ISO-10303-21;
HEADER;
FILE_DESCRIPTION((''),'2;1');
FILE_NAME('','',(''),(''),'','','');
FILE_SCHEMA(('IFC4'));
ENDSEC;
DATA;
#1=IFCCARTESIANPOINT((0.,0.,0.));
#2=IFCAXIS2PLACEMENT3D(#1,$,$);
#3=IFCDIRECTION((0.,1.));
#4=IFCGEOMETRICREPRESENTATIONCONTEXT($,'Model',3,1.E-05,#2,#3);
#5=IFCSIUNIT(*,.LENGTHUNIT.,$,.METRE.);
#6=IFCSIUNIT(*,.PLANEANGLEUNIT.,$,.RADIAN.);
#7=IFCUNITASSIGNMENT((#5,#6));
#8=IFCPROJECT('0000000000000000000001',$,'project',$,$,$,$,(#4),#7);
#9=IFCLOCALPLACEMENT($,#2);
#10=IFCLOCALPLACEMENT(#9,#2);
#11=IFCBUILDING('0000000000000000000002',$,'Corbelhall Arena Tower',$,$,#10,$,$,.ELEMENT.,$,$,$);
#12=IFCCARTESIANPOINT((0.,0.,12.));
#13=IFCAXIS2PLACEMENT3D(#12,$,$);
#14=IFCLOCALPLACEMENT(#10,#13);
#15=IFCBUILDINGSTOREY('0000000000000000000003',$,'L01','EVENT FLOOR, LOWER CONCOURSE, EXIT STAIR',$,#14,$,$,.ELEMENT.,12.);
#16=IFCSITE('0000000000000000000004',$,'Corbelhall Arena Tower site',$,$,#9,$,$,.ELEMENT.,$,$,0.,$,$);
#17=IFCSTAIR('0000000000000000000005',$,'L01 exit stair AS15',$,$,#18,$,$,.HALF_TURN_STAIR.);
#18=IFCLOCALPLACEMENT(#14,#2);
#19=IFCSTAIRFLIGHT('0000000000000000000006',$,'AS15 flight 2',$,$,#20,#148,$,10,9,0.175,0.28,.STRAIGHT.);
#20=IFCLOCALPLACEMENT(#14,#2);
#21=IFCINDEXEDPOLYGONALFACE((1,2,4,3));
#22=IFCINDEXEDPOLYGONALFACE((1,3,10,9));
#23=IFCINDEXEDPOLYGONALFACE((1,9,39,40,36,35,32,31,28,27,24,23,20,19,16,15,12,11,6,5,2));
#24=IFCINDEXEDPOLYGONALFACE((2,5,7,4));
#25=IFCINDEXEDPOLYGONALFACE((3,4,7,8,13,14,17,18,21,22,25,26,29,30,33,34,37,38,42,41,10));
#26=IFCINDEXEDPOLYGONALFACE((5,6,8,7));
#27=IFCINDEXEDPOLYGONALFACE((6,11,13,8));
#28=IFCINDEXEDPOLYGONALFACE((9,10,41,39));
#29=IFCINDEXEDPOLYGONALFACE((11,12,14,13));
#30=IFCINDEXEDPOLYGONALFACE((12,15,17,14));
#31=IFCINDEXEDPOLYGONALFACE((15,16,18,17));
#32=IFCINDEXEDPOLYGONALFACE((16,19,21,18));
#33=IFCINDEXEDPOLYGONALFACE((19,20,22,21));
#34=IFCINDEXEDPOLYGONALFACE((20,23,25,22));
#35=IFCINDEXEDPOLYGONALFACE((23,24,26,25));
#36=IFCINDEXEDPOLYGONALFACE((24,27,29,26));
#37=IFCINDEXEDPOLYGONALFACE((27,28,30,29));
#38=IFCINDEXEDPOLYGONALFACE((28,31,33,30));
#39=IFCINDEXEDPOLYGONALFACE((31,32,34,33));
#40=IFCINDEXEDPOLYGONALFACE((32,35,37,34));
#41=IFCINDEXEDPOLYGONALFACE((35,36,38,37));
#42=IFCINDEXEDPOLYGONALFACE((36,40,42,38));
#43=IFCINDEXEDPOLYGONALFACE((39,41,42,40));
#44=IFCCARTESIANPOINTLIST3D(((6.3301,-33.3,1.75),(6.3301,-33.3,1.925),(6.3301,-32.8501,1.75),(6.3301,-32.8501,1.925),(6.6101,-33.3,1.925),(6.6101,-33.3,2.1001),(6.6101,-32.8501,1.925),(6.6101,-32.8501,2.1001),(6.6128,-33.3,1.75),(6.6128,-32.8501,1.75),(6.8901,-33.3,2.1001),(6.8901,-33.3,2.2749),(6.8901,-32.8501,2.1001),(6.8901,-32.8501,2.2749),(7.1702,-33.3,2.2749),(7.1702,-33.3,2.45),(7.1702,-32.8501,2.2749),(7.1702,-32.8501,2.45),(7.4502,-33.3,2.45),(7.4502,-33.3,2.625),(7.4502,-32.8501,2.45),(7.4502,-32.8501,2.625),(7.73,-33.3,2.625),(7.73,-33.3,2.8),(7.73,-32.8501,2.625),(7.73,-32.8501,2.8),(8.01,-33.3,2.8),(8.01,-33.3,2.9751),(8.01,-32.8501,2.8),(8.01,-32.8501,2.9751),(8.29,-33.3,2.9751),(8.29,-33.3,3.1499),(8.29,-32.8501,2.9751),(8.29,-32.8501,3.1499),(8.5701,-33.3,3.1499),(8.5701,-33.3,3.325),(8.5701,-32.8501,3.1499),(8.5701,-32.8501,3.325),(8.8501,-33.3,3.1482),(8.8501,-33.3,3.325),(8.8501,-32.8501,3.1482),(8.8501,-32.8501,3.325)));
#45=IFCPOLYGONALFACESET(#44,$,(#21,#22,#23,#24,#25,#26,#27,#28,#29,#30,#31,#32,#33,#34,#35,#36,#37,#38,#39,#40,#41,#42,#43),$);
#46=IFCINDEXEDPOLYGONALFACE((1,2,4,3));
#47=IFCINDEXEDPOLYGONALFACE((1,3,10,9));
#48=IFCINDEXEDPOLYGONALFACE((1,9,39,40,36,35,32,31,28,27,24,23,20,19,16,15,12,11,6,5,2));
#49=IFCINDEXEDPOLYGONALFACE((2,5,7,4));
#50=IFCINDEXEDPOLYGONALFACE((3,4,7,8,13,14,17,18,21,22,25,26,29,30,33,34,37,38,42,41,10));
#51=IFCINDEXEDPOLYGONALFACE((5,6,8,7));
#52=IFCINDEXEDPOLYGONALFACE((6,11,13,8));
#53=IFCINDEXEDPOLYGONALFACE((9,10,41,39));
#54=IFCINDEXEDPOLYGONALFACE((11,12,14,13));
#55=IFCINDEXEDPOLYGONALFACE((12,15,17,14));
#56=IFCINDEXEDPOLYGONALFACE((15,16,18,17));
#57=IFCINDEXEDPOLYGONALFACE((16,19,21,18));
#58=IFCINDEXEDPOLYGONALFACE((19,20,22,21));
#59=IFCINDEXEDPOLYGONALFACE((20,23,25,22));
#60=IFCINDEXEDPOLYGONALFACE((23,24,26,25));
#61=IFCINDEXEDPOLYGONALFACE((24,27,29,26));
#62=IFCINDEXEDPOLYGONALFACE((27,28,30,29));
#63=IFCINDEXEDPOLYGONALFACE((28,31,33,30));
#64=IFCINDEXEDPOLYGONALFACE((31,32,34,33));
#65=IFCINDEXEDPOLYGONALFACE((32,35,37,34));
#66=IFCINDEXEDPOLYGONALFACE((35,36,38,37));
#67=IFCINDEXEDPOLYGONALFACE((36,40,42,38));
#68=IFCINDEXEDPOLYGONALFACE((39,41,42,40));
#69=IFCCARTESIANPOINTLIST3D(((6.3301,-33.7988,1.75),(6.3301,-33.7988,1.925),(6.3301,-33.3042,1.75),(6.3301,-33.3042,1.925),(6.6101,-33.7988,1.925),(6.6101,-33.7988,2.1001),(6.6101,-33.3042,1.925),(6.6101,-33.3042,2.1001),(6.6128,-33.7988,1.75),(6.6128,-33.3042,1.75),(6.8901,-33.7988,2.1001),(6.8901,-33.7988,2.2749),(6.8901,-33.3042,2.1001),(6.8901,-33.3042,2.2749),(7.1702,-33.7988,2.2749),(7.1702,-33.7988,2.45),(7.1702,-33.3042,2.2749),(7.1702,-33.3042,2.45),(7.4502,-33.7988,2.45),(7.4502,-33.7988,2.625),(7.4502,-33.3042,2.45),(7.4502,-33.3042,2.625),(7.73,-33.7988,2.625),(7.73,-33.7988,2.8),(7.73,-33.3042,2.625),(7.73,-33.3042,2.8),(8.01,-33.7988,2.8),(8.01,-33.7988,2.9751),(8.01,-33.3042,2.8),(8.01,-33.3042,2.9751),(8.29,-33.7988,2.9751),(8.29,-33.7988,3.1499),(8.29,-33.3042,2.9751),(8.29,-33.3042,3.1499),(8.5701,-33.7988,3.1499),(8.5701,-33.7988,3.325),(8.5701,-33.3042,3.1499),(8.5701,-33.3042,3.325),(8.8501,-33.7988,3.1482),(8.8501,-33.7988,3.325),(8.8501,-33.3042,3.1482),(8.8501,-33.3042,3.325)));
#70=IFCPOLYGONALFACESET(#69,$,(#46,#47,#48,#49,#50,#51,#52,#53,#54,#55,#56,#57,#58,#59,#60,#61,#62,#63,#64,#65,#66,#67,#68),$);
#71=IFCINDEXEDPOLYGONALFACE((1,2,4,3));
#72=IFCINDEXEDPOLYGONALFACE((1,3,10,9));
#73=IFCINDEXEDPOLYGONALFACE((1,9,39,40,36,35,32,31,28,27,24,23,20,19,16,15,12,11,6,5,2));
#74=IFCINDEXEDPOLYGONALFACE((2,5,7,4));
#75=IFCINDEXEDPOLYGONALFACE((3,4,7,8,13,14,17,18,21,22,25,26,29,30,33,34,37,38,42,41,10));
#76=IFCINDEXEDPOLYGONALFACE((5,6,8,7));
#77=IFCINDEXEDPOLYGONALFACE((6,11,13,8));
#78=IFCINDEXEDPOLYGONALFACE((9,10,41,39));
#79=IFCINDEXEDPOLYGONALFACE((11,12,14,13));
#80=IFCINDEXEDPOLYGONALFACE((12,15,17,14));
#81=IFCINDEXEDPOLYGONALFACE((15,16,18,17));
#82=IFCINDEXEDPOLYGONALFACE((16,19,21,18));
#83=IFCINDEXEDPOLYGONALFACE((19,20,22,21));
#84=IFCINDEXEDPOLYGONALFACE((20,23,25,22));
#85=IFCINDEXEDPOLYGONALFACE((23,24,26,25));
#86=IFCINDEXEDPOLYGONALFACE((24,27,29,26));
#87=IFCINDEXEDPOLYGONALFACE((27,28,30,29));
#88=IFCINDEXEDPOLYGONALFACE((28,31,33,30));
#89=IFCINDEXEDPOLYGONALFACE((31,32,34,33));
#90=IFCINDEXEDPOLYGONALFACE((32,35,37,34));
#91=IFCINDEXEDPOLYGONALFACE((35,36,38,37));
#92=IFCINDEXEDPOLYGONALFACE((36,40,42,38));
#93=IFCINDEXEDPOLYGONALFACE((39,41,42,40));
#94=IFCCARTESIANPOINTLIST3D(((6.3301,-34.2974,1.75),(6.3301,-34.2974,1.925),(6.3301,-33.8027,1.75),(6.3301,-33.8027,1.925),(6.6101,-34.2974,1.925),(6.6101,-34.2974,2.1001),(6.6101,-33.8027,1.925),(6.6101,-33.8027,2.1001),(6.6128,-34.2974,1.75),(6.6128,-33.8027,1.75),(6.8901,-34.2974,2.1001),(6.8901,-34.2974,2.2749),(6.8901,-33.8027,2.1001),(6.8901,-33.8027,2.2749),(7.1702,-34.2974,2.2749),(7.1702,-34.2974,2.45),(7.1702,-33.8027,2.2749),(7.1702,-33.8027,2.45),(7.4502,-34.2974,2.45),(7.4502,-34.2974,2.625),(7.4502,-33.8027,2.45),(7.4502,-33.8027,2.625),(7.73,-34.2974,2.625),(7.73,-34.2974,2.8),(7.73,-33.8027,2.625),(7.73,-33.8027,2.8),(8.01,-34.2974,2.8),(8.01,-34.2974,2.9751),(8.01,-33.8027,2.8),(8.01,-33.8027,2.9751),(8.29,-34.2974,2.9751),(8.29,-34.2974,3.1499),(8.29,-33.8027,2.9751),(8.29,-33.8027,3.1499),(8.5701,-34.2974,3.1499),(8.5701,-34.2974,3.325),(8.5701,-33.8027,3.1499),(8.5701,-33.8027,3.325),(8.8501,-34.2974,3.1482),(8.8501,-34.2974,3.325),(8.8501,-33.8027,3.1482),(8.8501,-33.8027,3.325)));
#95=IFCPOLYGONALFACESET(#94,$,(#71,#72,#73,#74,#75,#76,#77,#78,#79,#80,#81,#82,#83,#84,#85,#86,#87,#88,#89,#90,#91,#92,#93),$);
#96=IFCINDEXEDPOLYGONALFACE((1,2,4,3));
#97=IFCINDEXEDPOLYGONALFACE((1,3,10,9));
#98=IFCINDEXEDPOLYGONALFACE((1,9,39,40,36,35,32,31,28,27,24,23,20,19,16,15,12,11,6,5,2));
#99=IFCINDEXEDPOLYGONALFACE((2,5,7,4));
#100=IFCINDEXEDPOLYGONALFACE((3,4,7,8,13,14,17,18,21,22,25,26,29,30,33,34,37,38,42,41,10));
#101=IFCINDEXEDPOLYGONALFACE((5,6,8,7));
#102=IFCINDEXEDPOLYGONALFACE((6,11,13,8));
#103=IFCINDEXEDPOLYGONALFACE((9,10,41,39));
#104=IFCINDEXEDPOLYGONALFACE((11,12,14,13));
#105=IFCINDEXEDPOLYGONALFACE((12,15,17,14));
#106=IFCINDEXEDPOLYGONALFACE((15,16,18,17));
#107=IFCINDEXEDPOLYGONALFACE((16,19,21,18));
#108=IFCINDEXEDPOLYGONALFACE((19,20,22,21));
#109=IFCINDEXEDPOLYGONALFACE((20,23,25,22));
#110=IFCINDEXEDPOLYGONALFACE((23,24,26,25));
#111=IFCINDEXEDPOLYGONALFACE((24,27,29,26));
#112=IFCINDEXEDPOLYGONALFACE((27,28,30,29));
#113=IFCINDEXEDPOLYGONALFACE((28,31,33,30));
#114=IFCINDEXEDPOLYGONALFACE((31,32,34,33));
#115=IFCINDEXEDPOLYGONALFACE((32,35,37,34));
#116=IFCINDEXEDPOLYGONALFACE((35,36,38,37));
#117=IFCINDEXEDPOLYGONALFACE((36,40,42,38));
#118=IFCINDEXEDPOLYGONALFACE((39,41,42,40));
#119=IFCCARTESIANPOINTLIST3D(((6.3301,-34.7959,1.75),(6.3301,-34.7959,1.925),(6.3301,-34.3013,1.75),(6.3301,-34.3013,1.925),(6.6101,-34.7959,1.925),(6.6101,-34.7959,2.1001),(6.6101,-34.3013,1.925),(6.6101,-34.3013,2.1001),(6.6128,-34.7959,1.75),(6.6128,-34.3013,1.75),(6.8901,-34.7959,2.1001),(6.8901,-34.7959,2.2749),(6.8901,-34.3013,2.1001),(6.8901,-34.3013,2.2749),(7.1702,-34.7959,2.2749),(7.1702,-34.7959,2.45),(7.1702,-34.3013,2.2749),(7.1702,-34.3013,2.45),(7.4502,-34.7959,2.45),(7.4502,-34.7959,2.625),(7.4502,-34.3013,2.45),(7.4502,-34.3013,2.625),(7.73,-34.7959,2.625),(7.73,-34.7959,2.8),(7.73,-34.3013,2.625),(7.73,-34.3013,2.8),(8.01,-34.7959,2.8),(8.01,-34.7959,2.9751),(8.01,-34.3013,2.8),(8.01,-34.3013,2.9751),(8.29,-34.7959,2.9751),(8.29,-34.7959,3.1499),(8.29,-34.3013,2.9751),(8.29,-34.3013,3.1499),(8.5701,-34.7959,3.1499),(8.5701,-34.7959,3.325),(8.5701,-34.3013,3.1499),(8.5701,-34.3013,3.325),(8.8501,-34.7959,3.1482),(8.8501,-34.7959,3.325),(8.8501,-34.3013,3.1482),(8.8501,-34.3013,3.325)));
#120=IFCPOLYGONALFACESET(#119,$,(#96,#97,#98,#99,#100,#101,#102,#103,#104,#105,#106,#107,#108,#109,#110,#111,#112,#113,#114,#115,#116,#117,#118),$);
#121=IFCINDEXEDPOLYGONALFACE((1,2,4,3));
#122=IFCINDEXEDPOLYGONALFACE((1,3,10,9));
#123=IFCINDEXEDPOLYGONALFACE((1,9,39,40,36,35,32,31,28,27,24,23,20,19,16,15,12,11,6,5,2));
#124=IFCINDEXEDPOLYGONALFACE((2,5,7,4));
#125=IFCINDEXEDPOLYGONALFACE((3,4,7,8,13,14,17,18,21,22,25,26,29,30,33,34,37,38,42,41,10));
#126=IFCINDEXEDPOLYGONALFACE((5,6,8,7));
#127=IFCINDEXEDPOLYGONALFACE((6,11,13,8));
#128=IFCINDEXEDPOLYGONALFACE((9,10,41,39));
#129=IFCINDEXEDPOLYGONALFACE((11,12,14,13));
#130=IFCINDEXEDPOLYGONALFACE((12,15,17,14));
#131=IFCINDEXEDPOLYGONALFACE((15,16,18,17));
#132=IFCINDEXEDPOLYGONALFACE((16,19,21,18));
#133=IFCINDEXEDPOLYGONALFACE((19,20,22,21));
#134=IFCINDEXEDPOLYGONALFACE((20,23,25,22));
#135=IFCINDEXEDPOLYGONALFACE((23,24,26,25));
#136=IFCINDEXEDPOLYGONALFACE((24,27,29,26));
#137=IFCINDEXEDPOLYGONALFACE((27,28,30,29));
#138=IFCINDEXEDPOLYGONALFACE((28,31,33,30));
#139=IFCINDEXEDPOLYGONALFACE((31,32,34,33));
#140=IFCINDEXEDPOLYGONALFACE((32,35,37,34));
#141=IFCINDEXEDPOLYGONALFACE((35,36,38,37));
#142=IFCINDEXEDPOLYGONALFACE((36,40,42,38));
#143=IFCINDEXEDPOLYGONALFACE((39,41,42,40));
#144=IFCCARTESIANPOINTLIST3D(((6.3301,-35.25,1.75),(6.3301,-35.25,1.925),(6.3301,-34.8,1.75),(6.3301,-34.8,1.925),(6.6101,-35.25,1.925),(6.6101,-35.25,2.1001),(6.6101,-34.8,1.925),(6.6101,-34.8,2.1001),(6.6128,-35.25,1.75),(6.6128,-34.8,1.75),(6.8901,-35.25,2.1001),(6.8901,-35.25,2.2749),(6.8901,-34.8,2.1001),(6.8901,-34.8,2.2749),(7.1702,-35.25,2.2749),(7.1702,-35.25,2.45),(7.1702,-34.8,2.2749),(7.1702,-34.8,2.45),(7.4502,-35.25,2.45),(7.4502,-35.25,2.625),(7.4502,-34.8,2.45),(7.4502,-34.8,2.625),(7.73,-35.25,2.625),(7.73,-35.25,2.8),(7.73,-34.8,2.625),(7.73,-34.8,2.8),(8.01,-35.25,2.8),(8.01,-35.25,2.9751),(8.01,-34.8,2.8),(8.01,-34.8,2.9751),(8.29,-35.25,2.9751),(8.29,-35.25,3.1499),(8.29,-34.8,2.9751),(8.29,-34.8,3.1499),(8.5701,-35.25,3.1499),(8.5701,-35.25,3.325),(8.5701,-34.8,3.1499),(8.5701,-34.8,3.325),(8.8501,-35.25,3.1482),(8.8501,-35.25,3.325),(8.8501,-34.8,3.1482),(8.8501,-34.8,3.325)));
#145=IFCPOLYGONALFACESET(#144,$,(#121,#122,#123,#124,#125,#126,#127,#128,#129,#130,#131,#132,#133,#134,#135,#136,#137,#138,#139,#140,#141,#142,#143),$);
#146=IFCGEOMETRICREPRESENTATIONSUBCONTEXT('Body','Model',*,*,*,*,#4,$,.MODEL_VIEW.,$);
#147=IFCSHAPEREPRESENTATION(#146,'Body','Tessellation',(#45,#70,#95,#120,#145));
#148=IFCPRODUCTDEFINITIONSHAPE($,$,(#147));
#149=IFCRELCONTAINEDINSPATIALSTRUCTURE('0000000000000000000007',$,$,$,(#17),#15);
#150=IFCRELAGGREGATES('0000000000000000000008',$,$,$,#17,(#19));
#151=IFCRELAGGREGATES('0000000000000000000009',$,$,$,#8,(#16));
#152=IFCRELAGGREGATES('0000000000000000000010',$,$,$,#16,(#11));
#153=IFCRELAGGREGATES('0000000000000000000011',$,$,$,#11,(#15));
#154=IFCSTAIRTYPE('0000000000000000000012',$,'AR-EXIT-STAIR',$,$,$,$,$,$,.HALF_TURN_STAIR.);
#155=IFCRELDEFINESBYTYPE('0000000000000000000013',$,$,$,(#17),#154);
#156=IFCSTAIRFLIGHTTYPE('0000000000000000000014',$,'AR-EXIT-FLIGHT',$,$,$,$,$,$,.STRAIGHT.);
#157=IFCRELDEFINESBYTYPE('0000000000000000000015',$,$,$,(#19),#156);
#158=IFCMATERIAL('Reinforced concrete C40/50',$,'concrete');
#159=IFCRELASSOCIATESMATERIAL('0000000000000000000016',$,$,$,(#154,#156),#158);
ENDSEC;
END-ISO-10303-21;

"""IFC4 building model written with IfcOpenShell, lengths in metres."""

from ifc_helpers import new_model, si_unit, direction, frame, origin, place, context, subcontext, project, spatial, polyline, outline, extrude, material, type_object, element, aggregate, save


model = new_model("IFC4")

# Units and contexts
model_context = context("Model", 3, precision=1e-05, world=origin(), true_north=direction((0.0, 1.0)))
body_context = subcontext(model_context, "Body", "Model", "MODEL_VIEW")
ifc_project = project(units=[si_unit("LENGTHUNIT", "METRE"), si_unit("PLANEANGLEUNIT", "RADIAN")], contexts=[model_context])

# Site, building, storey
site_placement = place(None, origin())
site = spatial("IfcSite", under=ifc_project, at=site_placement, Name="Corbelhall Arena Tower site", CompositionType="ELEMENT", RefElevation=0.0)
building_placement = place(site_placement, origin())
building = spatial("IfcBuilding", under=site, at=building_placement, Name="Corbelhall Arena Tower", CompositionType="ELEMENT")
storey_placement = place(building_placement, frame((0.0, 0.0, 12.0)))
storey = spatial("IfcBuildingStorey", under=building, at=storey_placement, Name="L01", Description="EVENT FLOOR, LOWER CONCOURSE, EXIT STAIR", CompositionType="ELEMENT", Elevation=12.0)

# Shared definitions
ifc_material_1 = material(Name="Reinforced concrete C40/50", Category="concrete")

# Stair, stair flight
stair_type = type_object("IfcStairType", Name="AR-EXIT-STAIR", PredefinedType="HALF_TURN_STAIR", material=ifc_material_1)
stair_placement = place(storey_placement, origin())
stair = element("IfcStair", 1, at=stair_placement, inside=storey, type_object=stair_type, Name="L01 exit stair AS15", PredefinedType="HALF_TURN_STAIR")
stair_flight_type = type_object("IfcStairFlightType", Name="AR-EXIT-FLIGHT", PredefinedType="STRAIGHT", material=ifc_material_1)
stair_flight_1_placement = place(storey_placement, frame((6.3301, -34.05, 1.75), z_axis=(0.0, 0.0, 1.0), x_axis=(1.0, 0.0, 0.0)))
stair_flight_1 = element("IfcStairFlight", 2, at=stair_flight_1_placement, type_object=stair_flight_type, Name="AS15 flight 2", NumberOfRisers=10, NumberOfTreads=9, PredefinedType="STRAIGHT", RiserHeight=0.175, TreadLength=0.28, context=body_context, shape_type="SweptSolid", body=[
    extrude(outline(polyline([(0.0, 0.0), (0.0, 0.175), (0.28, 0.175), (0.28, 0.3501), (0.5601, 0.3501), (0.5601, 0.5249), (0.8401, 0.5249), (0.8401, 0.7), (1.1201, 0.7), (1.1201, 0.875), (1.3999, 0.875), (1.3999, 1.05), (1.6799, 1.05), (1.6799, 1.2251), (1.96, 1.2251), (1.96, 1.3999), (2.24, 1.3999), (2.24, 1.575), (2.52, 1.575), (2.52, 1.75), (2.52, 1.3982), (0.2827, 0.0), (0.0, 0.0)])), frame((0.0, 1.2, 0.0), z_axis=(0.0, -1.0, 0.0), x_axis=(1.0, 0.0, 0.0)), (0.0, 0.0, 1.0), 0.45),
    extrude(outline(polyline([(0.0, 0.0), (0.0, 0.175), (0.28, 0.175), (0.28, 0.3501), (0.5601, 0.3501), (0.5601, 0.5249), (0.8401, 0.5249), (0.8401, 0.7), (1.1201, 0.7), (1.1201, 0.875), (1.3999, 0.875), (1.3999, 1.05), (1.6799, 1.05), (1.6799, 1.2251), (1.96, 1.2251), (1.96, 1.3999), (2.24, 1.3999), (2.24, 1.575), (2.52, 1.575), (2.52, 1.75), (2.52, 1.3982), (0.2827, 0.0), (0.0, 0.0)])), frame((0.0, 0.7458, 0.0), z_axis=(0.0, -1.0, 0.0), x_axis=(1.0, 0.0, 0.0)), (0.0, 0.0, 1.0), 0.4946),
    extrude(outline(polyline([(0.0, 0.0), (0.0, 0.175), (0.28, 0.175), (0.28, 0.3501), (0.5601, 0.3501), (0.5601, 0.5249), (0.8401, 0.5249), (0.8401, 0.7), (1.1201, 0.7), (1.1201, 0.875), (1.3999, 0.875), (1.3999, 1.05), (1.6799, 1.05), (1.6799, 1.2251), (1.96, 1.2251), (1.96, 1.3999), (2.24, 1.3999), (2.24, 1.575), (2.52, 1.575), (2.52, 1.75), (2.52, 1.3982), (0.2827, 0.0), (0.0, 0.0)])), frame((0.0, 0.2473, 0.0), z_axis=(0.0, -1.0, 0.0), x_axis=(1.0, 0.0, 0.0)), (0.0, 0.0, 1.0), 0.4946),
    extrude(outline(polyline([(0.0, 0.0), (0.0, 0.175), (0.28, 0.175), (0.28, 0.3501), (0.5601, 0.3501), (0.5601, 0.5249), (0.8401, 0.5249), (0.8401, 0.7), (1.1201, 0.7), (1.1201, 0.875), (1.3999, 0.875), (1.3999, 1.05), (1.6799, 1.05), (1.6799, 1.2251), (1.96, 1.2251), (1.96, 1.3999), (2.24, 1.3999), (2.24, 1.575), (2.52, 1.575), (2.52, 1.75), (2.52, 1.3982), (0.2827, 0.0), (0.0, 0.0)])), frame((0.0, -0.2512, 0.0), z_axis=(0.0, -1.0, 0.0), x_axis=(1.0, 0.0, 0.0)), (0.0, 0.0, 1.0), 0.4946),
    extrude(outline(polyline([(0.0, 0.0), (0.0, 0.175), (0.28, 0.175), (0.28, 0.3501), (0.5601, 0.3501), (0.5601, 0.5249), (0.8401, 0.5249), (0.8401, 0.7), (1.1201, 0.7), (1.1201, 0.875), (1.3999, 0.875), (1.3999, 1.05), (1.6799, 1.05), (1.6799, 1.2251), (1.96, 1.2251), (1.96, 1.3999), (2.24, 1.3999), (2.24, 1.575), (2.52, 1.575), (2.52, 1.75), (2.52, 1.3982), (0.2827, 0.0), (0.0, 0.0)])), frame((0.0, -0.75, 0.0), z_axis=(0.0, -1.0, 0.0), x_axis=(1.0, 0.0, 0.0)), (0.0, 0.0, 1.0), 0.45),
])
aggregate(stair, [stair_flight_1])

save(model, "model.ifc")
